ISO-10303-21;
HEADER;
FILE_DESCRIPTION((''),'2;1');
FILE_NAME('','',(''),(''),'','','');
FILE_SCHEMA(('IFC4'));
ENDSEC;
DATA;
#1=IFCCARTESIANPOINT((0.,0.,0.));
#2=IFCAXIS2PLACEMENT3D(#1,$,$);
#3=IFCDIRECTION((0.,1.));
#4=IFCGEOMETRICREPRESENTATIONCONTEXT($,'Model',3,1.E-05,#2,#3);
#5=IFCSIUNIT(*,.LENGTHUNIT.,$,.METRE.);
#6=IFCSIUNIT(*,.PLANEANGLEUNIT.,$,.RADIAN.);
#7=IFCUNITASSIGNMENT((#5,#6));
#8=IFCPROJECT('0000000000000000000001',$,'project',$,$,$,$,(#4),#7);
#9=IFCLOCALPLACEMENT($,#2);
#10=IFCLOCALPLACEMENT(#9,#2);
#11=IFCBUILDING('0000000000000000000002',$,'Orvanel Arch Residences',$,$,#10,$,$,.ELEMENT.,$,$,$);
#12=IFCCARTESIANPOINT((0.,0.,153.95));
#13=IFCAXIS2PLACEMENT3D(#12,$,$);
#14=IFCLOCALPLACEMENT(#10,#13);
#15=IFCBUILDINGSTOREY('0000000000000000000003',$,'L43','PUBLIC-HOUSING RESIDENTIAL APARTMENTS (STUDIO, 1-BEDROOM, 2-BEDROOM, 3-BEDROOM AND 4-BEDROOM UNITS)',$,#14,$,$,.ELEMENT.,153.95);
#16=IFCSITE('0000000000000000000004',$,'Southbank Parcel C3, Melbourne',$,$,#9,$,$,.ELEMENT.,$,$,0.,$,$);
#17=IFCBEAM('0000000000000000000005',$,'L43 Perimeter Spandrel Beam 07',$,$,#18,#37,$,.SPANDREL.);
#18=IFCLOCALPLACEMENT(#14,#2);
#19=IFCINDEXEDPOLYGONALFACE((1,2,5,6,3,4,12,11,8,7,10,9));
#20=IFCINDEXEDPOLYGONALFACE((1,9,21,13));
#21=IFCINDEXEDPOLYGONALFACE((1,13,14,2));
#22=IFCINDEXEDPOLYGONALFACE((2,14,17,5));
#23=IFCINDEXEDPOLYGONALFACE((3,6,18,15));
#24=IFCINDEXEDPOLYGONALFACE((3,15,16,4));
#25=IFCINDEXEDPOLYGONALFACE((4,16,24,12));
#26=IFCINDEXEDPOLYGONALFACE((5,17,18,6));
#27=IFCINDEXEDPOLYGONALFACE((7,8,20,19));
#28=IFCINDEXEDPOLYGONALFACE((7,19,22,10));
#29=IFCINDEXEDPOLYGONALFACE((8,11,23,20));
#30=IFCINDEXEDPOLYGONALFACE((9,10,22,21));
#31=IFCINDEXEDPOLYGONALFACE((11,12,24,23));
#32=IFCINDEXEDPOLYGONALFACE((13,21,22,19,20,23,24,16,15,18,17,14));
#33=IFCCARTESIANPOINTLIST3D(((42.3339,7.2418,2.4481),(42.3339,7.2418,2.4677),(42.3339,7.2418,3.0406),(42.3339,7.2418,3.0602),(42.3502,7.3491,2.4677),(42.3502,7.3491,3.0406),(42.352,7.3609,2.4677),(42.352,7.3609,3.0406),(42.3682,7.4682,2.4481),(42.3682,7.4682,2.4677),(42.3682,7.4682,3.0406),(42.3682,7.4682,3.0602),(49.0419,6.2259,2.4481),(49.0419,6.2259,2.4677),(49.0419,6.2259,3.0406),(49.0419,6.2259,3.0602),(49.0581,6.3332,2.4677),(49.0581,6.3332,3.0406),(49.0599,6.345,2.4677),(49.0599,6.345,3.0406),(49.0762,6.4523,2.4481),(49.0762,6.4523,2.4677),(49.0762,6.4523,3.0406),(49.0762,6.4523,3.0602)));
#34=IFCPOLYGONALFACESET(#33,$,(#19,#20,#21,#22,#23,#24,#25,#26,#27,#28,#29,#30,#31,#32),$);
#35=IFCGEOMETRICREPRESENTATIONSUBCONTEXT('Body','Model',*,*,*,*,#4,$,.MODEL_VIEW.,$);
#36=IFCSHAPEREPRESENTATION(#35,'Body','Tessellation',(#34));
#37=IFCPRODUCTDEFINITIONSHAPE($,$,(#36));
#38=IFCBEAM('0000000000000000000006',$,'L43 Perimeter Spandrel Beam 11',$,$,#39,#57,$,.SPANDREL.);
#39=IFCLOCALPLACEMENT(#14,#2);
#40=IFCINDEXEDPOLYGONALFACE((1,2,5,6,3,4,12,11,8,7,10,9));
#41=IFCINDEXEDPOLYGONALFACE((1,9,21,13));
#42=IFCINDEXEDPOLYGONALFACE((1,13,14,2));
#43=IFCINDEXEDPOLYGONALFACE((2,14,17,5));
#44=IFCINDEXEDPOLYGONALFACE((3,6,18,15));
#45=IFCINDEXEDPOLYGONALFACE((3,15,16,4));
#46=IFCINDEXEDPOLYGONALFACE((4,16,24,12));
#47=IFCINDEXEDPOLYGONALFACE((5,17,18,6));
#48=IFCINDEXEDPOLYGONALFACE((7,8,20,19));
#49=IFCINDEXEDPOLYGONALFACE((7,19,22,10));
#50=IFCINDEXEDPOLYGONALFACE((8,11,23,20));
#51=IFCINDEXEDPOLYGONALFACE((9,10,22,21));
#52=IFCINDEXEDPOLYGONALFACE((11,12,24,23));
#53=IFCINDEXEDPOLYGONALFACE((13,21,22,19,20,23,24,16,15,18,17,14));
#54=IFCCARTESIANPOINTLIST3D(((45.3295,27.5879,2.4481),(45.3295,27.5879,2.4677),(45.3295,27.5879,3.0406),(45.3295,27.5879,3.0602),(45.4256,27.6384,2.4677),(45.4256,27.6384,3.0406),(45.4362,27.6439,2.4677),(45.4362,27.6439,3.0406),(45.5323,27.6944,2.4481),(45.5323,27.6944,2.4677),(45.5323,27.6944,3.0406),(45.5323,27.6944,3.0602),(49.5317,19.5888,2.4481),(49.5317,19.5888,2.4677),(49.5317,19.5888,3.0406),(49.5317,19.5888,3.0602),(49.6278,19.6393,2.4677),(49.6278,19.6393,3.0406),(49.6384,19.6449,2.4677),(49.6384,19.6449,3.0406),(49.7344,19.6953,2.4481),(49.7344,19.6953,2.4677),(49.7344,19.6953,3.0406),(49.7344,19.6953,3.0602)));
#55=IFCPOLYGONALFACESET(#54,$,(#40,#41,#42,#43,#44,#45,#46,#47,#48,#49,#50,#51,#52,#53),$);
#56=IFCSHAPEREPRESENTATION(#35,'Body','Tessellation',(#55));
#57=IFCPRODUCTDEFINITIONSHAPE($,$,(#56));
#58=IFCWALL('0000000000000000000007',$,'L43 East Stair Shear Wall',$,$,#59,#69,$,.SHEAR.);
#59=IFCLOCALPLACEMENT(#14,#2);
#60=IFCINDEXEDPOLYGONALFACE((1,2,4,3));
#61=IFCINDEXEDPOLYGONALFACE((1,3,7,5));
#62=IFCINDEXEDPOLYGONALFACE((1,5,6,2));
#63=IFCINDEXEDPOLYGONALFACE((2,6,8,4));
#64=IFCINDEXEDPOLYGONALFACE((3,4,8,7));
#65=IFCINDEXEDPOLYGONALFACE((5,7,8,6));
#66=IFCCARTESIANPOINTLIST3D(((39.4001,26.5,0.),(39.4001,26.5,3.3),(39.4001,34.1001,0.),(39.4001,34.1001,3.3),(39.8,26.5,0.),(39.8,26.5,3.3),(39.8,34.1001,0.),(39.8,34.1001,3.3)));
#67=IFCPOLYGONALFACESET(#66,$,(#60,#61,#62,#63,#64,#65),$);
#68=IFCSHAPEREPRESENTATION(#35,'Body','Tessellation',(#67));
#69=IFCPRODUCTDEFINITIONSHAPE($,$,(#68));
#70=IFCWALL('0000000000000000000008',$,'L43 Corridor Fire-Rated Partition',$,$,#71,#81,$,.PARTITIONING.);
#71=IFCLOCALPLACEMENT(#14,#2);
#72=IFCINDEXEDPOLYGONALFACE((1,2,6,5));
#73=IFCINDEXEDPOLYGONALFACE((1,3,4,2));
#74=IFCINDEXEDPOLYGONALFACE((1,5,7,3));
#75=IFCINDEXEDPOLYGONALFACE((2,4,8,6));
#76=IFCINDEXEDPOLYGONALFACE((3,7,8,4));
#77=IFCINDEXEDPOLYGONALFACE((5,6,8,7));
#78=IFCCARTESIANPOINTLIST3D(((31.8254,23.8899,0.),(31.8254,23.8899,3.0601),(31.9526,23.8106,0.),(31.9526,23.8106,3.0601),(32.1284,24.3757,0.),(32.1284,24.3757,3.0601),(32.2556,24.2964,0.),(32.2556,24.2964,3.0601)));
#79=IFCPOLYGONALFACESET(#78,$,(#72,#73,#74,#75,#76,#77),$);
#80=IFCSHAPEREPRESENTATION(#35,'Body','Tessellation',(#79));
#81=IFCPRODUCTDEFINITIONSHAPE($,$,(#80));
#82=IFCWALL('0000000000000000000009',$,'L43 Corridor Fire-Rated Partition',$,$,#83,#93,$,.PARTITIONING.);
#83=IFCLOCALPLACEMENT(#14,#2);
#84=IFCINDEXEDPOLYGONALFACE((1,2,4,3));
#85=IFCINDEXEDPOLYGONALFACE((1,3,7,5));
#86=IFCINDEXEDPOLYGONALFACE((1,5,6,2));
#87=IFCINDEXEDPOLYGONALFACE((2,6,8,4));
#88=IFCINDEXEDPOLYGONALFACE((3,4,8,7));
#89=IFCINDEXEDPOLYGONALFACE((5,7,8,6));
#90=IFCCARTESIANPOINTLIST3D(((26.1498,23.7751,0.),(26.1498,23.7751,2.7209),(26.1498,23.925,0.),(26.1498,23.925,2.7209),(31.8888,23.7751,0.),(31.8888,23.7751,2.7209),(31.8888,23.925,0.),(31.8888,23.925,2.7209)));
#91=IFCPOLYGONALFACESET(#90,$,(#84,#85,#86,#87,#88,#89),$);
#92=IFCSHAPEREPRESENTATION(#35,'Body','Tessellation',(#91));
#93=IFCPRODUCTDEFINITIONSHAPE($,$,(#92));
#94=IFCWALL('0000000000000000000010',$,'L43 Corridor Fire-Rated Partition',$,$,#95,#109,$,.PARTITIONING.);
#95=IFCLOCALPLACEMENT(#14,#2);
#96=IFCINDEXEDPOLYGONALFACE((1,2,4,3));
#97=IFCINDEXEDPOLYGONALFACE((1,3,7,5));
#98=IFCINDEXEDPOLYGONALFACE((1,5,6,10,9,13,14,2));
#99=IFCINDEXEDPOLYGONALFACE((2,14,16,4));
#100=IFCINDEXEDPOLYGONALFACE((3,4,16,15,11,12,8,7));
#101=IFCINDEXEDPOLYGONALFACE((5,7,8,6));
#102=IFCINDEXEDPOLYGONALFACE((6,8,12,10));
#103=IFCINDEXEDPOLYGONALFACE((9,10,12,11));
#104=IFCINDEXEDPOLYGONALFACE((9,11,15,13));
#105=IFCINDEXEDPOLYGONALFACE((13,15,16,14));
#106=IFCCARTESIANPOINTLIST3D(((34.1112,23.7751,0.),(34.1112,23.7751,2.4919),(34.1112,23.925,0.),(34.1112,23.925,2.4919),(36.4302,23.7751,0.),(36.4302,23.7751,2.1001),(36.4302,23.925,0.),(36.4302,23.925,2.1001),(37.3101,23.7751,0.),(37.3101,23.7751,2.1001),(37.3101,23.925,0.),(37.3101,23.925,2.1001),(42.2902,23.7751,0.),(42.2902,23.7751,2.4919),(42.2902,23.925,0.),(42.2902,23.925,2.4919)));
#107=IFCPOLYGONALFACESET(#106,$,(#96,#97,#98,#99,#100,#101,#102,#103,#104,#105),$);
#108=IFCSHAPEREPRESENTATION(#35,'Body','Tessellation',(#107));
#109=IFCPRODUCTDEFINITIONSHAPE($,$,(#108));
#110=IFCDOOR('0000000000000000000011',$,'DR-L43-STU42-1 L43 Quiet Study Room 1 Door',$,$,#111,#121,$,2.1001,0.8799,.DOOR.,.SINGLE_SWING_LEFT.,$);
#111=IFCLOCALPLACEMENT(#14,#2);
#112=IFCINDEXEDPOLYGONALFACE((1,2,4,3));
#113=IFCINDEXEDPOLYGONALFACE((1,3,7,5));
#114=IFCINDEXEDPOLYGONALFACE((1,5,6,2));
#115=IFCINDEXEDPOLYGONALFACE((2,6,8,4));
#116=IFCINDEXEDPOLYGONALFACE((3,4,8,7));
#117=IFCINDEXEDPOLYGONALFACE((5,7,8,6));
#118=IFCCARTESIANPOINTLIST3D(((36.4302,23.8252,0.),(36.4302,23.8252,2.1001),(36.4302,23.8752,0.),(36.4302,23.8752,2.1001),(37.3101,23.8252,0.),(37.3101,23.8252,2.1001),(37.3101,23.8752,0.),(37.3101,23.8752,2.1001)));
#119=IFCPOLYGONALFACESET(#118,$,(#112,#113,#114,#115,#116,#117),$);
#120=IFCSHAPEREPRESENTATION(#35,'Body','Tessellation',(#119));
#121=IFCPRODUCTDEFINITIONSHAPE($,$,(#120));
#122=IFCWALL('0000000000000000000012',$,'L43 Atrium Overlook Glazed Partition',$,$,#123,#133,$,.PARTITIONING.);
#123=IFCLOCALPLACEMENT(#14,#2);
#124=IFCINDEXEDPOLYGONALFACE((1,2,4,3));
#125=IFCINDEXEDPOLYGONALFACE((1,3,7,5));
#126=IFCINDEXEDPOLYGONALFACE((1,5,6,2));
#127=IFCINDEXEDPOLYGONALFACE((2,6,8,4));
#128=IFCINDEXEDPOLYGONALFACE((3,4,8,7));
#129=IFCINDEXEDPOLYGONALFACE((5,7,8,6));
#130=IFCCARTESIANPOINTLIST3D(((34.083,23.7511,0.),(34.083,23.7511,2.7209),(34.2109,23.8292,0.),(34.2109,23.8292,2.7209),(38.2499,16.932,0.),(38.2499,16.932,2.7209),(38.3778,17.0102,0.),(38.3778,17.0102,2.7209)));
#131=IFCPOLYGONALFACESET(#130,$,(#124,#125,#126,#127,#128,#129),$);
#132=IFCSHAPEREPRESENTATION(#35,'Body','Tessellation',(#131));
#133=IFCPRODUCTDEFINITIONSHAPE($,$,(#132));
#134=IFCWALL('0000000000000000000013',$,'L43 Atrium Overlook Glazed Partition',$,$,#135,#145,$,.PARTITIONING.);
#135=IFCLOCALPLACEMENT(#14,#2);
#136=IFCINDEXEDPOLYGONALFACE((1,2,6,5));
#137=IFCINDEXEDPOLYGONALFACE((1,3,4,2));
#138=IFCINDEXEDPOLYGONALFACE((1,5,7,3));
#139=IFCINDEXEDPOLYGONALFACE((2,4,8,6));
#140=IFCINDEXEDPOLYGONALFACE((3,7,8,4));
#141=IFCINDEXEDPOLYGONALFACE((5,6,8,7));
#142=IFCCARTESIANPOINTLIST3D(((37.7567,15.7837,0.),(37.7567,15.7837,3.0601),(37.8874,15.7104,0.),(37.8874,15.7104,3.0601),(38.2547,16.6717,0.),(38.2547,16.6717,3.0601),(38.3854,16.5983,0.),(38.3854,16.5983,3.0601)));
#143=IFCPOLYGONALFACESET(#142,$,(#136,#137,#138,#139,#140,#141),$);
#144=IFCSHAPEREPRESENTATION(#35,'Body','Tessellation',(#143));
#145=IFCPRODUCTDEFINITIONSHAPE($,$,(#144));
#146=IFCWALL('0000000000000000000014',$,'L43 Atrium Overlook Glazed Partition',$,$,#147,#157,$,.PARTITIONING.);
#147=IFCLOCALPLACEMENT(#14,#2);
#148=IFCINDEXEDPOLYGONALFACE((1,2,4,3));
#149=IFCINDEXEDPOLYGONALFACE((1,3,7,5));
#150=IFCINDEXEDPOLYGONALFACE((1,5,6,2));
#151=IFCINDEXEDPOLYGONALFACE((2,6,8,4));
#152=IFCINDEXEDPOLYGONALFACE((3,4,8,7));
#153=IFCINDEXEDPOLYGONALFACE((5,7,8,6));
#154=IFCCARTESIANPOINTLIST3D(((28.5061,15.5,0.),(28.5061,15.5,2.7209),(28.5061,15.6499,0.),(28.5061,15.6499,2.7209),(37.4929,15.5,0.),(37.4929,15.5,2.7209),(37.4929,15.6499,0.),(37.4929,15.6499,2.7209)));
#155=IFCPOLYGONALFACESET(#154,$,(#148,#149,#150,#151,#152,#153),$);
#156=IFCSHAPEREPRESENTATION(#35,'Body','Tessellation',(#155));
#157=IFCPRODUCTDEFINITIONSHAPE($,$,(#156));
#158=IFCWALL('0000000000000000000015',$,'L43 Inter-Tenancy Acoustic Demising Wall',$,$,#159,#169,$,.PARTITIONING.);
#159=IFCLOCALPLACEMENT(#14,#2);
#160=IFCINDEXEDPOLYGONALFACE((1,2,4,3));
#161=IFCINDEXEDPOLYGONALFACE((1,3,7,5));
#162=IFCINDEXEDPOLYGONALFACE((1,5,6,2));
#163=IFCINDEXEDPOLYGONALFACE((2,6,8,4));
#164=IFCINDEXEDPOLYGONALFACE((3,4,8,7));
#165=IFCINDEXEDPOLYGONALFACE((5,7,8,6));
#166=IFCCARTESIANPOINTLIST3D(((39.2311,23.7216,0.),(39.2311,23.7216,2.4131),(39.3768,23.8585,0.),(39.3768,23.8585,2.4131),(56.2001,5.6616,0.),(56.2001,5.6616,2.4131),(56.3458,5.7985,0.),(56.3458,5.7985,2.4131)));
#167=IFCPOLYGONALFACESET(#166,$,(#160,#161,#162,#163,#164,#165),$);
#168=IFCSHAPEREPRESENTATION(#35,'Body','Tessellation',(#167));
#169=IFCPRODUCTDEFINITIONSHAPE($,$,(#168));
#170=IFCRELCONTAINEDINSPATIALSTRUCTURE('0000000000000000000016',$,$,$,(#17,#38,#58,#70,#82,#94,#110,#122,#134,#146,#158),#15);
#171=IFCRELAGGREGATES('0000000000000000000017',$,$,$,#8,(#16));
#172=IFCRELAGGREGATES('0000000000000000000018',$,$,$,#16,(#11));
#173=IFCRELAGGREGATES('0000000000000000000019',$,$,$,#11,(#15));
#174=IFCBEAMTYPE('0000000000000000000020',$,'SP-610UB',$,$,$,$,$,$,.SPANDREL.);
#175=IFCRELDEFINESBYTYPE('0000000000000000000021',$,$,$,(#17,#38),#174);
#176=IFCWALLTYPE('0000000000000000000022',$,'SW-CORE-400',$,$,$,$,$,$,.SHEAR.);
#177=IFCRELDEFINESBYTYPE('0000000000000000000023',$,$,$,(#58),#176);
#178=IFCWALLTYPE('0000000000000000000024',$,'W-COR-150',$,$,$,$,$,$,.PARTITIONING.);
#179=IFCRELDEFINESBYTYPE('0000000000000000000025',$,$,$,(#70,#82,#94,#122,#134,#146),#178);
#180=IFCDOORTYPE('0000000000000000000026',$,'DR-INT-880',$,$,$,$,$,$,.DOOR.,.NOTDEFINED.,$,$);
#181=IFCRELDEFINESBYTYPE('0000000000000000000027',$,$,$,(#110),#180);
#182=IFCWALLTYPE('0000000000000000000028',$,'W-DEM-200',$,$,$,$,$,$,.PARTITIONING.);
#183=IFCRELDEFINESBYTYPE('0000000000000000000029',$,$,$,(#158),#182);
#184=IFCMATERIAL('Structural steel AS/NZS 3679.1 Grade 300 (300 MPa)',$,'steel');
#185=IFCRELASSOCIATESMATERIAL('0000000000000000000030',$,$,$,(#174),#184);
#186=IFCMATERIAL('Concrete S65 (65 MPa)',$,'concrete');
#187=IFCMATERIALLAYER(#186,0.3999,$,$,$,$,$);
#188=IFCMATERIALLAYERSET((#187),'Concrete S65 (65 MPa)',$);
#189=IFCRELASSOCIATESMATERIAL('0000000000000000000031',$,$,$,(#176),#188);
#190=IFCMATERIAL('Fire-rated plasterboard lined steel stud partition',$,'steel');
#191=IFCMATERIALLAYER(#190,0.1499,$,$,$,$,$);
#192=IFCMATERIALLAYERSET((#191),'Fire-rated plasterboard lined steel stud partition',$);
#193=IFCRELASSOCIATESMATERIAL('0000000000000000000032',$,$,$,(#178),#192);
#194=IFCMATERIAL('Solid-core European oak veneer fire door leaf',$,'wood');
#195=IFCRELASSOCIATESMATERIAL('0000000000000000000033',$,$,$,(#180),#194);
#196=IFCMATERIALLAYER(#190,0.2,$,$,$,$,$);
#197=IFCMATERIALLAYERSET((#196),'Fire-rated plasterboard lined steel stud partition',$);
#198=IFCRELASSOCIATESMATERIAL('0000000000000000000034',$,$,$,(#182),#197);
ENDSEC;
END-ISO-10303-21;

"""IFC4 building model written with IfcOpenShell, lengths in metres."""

from ifc_helpers import new_model, si_unit, direction, frame, frame_2d, origin, origin_2d, place, context, subcontext, project, spatial, rectangle, i_section, extrude, material, layer, layer_set, material_profile, profile_set, type_object, element, fill, save


model = new_model("IFC4")

# Units and contexts
model_context = context("Model", 3, precision=1e-05, world=origin(), true_north=direction((0.0, 1.0)))
body_context = subcontext(model_context, "Body", "Model", "MODEL_VIEW")
ifc_project = project(units=[si_unit("LENGTHUNIT", "METRE"), si_unit("PLANEANGLEUNIT", "RADIAN")], contexts=[model_context])

# Site, building, storey
site_placement = place(None, origin())
site = spatial("IfcSite", under=ifc_project, at=site_placement, Name="Southbank Parcel C3, Melbourne", CompositionType="ELEMENT", RefElevation=0.0)
building_placement = place(site_placement, origin())
building = spatial("IfcBuilding", under=site, at=building_placement, Name="Orvanel Arch Residences", CompositionType="ELEMENT")
storey_placement = place(building_placement, frame((0.0, 0.0, 153.95)))
storey = spatial("IfcBuildingStorey", under=building, at=storey_placement, Name="L43", Description="PUBLIC-HOUSING RESIDENTIAL APARTMENTS (STUDIO, 1-BEDROOM, 2-BEDROOM, 3-BEDROOM AND 4-BEDROOM UNITS)", CompositionType="ELEMENT", Elevation=153.95)

# Beams
ifc_material_1 = material(Name="Structural steel AS/NZS 3679.1 Grade 300 (300 MPa)", Category="steel")
ifc_material_profile_1 = material_profile(ifc_material_1, i_section(OverallWidth=0.229, OverallDepth=0.6121, WebThickness=0.012, FlangeThickness=0.0195, at=origin_2d()), Name="610UB125")
ifc_profile_set_1 = profile_set([ifc_material_profile_1], Name="Structural steel AS/NZS 3679.1 Grade 300 (300 MPa)")
beam_type_1 = type_object("IfcBeamType", Name="SP-610UB", PredefinedType="SPANDREL", material=ifc_profile_set_1)
beam_1_placement = place(storey_placement, frame((42.3511, 7.355, 2.7542), z_axis=(0.988726, -0.149734, 0.0), x_axis=(0.149734, 0.988726, 0.0)))
element("IfcBeam", 1, at=beam_1_placement, inside=storey, type_object=beam_type_1, Name="L43 Perimeter Spandrel Beam 07", PredefinedType="SPANDREL", context=body_context, shape_type="SweptSolid", body=[
    extrude(i_section(OverallWidth=0.229, OverallDepth=0.6121, WebThickness=0.012, FlangeThickness=0.0195, at=origin_2d()), origin(), (0.0, 0.0, 1.0), 6.7844),
])
beam_2_placement = place(storey_placement, frame((49.6331, 19.6421, 2.7542), z_axis=(-0.465065, 0.885277, 0.0), x_axis=(-0.885277, -0.465065, 0.0)))
element("IfcBeam", 2, at=beam_2_placement, inside=storey, type_object=beam_type_1, Name="L43 Perimeter Spandrel Beam 11", PredefinedType="SPANDREL", context=body_context, shape_type="SweptSolid", body=[
    extrude(i_section(OverallWidth=0.229, OverallDepth=0.6121, WebThickness=0.012, FlangeThickness=0.0195, at=origin_2d()), origin(), (0.0, 0.0, 1.0), 9.0356),
])

# Shared definitions
ifc_material_2 = material(Name="Concrete S65 (65 MPa)", Category="concrete")

# Walls
ifc_layer_1 = layer(ifc_material_2, 0.3999)
ifc_layer_set_1 = layer_set([ifc_layer_1], Name="Concrete S65 (65 MPa)")
wall_type_1 = type_object("IfcWallType", Name="SW-CORE-400", PredefinedType="SHEAR", material=ifc_layer_set_1)
wall_1_placement = place(storey_placement, frame((39.6001, 26.5, 0.0), z_axis=(0.0, 0.0, 1.0), x_axis=(0.0, 1.0, 0.0)))
element("IfcWall", 3, at=wall_1_placement, inside=storey, type_object=wall_type_1, Name="L43 East Stair Shear Wall", PredefinedType="SHEAR", context=body_context, shape_type="SweptSolid", body=[
    extrude(rectangle(XDim=7.6001, YDim=0.3999, at=frame_2d((3.8, 0.0))), origin(), (0.0, 0.0, 1.0), 3.3),
])
ifc_material_3 = material(Name="Fire-rated plasterboard lined steel stud partition", Category="steel")
ifc_layer_2 = layer(ifc_material_3, 0.1499)
ifc_layer_set_2 = layer_set([ifc_layer_2], Name="Fire-rated plasterboard lined steel stud partition")
wall_type_2 = type_object("IfcWallType", Name="W-COR-150", PredefinedType="PARTITIONING", material=ifc_layer_set_2)
wall_2_placement = place(storey_placement, frame((32.1919, 24.3359, 0.0), z_axis=(0.0, 0.0, 1.0), x_axis=(-0.529155, -0.848525, 0.0)))
element("IfcWall", 4, at=wall_2_placement, inside=storey, type_object=wall_type_2, Name="L43 Corridor Fire-Rated Partition", PredefinedType="PARTITIONING", context=body_context, shape_type="SweptSolid", body=[
    extrude(rectangle(XDim=0.5725, YDim=0.1499, at=frame_2d((0.2861, 0.0))), origin(), (0.0, 0.0, 1.0), 3.0601),
])
wall_3_placement = place(storey_placement, frame((31.8889, 23.8501, 0.0), z_axis=(0.0, 0.0, 1.0), x_axis=(-1.0, 0.0, 0.0)))
element("IfcWall", 5, at=wall_3_placement, inside=storey, type_object=wall_type_2, Name="L43 Corridor Fire-Rated Partition", PredefinedType="PARTITIONING", context=body_context, shape_type="SweptSolid", body=[
    extrude(rectangle(XDim=5.739, YDim=0.1499, at=frame_2d((2.8696, 0.0))), origin(), (0.0, 0.0, 1.0), 2.7209),
])

# Wall, opening, door
wall_4_placement = place(storey_placement, frame((42.29, 23.8501, 0.0), z_axis=(0.0, 0.0, 1.0), x_axis=(-1.0, 0.0, 0.0)))
wall_4 = element("IfcWall", 6, at=wall_4_placement, inside=storey, type_object=wall_type_2, Name="L43 Corridor Fire-Rated Partition", PredefinedType="PARTITIONING", context=body_context, shape_type="SweptSolid", body=[
    extrude(rectangle(XDim=8.179, YDim=0.1499, at=frame_2d((4.0894, 0.0))), origin(), (0.0, 0.0, 1.0), 2.4919),
])
opening_1_placement = place(wall_4_placement, frame((4.98, 0.0, 0.0)))
opening_1 = element("IfcOpeningElement", 7, at=opening_1_placement, cuts=wall_4, PredefinedType="OPENING", context=body_context, shape_type="SweptSolid", body=[
    extrude(rectangle(XDim=0.8799, YDim=2.1001, at=frame_2d((0.4399, 1.05))), frame((0.0, 0.085, 0.0), z_axis=(0.0, -1.0, 0.0), x_axis=(1.0, 0.0, 0.0)), (0.0, 0.0, 1.0), 0.1699),
])
ifc_material_4 = material(Name="Solid-core European oak veneer fire door leaf", Category="wood")
door_type_1 = type_object("IfcDoorType", Name="DR-INT-880", OperationType="NOTDEFINED", PredefinedType="DOOR", material=ifc_material_4)
door_1_placement = place(opening_1_placement, origin())
door_1 = element("IfcDoor", 8, at=door_1_placement, inside=storey, type_object=door_type_1, Name="DR-L43-STU42-1 L43 Quiet Study Room 1 Door", OperationType="SINGLE_SWING_LEFT", OverallHeight=2.1001, OverallWidth=0.8799, PredefinedType="DOOR", context=body_context, shape_type="SweptSolid", body=[
    extrude(rectangle(XDim=0.8799, YDim=2.1001, at=frame_2d((0.4399, 1.05))), frame((0.0, 0.0249, 0.0), z_axis=(0.0, -1.0, 0.0), x_axis=(1.0, 0.0, 0.0)), (0.0, 0.0, 1.0), 0.05),
])
fill(opening_1, door_1)

# Walls
wall_5_placement = place(storey_placement, frame((34.147, 23.79, 0.0), z_axis=(0.0, 0.0, 1.0), x_axis=(0.521429, -0.853295, 0.0)))
element("IfcWall", 9, at=wall_5_placement, inside=storey, type_object=wall_type_2, Name="L43 Atrium Overlook Glazed Partition", PredefinedType="PARTITIONING", context=body_context, shape_type="SweptSolid", body=[
    extrude(rectangle(XDim=7.9915, YDim=0.1499, at=frame_2d((3.9956, 0.0))), origin(), (0.0, 0.0, 1.0), 2.7209),
])
wall_6_placement = place(storey_placement, frame((38.3201, 16.635, 0.0), z_axis=(0.0, 0.0, 1.0), x_axis=(-0.489202, -0.87217, 0.0)))
element("IfcWall", 10, at=wall_6_placement, inside=storey, type_object=wall_type_2, Name="L43 Atrium Overlook Glazed Partition", PredefinedType="PARTITIONING", context=body_context, shape_type="SweptSolid", body=[
    extrude(rectangle(XDim=1.0181, YDim=0.1499, at=frame_2d((0.509, 0.0))), origin(), (0.0, 0.0, 1.0), 3.0601),
])
wall_7_placement = place(storey_placement, frame((37.4929, 15.575, 0.0), z_axis=(0.0, 0.0, 1.0), x_axis=(-1.0, 0.0, 0.0)))
element("IfcWall", 11, at=wall_7_placement, inside=storey, type_object=wall_type_2, Name="L43 Atrium Overlook Glazed Partition", PredefinedType="PARTITIONING", context=body_context, shape_type="SweptSolid", body=[
    extrude(rectangle(XDim=8.9868, YDim=0.1499, at=frame_2d((4.4934, 0.0))), origin(), (0.0, 0.0, 1.0), 2.7209),
])
ifc_layer_3 = layer(ifc_material_3, 0.2)
ifc_layer_set_3 = layer_set([ifc_layer_3], Name="Fire-rated plasterboard lined steel stud partition")
wall_type_3 = type_object("IfcWallType", Name="W-DEM-200", PredefinedType="PARTITIONING", material=ifc_layer_set_3)
wall_8_placement = place(storey_placement, frame((39.304, 23.79, 0.0), z_axis=(0.0, 0.0, 1.0), x_axis=(0.68475, -0.728778, 0.0)))
element("IfcWall", 12, at=wall_8_placement, inside=storey, type_object=wall_type_3, Name="L43 Inter-Tenancy Acoustic Demising Wall", PredefinedType="PARTITIONING", context=body_context, shape_type="SweptSolid", body=[
    extrude(rectangle(XDim=24.7812, YDim=0.2, at=frame_2d((12.3906, 0.0))), origin(), (0.0, 0.0, 1.0), 2.4131),
])

save(model, "model.ifc")
